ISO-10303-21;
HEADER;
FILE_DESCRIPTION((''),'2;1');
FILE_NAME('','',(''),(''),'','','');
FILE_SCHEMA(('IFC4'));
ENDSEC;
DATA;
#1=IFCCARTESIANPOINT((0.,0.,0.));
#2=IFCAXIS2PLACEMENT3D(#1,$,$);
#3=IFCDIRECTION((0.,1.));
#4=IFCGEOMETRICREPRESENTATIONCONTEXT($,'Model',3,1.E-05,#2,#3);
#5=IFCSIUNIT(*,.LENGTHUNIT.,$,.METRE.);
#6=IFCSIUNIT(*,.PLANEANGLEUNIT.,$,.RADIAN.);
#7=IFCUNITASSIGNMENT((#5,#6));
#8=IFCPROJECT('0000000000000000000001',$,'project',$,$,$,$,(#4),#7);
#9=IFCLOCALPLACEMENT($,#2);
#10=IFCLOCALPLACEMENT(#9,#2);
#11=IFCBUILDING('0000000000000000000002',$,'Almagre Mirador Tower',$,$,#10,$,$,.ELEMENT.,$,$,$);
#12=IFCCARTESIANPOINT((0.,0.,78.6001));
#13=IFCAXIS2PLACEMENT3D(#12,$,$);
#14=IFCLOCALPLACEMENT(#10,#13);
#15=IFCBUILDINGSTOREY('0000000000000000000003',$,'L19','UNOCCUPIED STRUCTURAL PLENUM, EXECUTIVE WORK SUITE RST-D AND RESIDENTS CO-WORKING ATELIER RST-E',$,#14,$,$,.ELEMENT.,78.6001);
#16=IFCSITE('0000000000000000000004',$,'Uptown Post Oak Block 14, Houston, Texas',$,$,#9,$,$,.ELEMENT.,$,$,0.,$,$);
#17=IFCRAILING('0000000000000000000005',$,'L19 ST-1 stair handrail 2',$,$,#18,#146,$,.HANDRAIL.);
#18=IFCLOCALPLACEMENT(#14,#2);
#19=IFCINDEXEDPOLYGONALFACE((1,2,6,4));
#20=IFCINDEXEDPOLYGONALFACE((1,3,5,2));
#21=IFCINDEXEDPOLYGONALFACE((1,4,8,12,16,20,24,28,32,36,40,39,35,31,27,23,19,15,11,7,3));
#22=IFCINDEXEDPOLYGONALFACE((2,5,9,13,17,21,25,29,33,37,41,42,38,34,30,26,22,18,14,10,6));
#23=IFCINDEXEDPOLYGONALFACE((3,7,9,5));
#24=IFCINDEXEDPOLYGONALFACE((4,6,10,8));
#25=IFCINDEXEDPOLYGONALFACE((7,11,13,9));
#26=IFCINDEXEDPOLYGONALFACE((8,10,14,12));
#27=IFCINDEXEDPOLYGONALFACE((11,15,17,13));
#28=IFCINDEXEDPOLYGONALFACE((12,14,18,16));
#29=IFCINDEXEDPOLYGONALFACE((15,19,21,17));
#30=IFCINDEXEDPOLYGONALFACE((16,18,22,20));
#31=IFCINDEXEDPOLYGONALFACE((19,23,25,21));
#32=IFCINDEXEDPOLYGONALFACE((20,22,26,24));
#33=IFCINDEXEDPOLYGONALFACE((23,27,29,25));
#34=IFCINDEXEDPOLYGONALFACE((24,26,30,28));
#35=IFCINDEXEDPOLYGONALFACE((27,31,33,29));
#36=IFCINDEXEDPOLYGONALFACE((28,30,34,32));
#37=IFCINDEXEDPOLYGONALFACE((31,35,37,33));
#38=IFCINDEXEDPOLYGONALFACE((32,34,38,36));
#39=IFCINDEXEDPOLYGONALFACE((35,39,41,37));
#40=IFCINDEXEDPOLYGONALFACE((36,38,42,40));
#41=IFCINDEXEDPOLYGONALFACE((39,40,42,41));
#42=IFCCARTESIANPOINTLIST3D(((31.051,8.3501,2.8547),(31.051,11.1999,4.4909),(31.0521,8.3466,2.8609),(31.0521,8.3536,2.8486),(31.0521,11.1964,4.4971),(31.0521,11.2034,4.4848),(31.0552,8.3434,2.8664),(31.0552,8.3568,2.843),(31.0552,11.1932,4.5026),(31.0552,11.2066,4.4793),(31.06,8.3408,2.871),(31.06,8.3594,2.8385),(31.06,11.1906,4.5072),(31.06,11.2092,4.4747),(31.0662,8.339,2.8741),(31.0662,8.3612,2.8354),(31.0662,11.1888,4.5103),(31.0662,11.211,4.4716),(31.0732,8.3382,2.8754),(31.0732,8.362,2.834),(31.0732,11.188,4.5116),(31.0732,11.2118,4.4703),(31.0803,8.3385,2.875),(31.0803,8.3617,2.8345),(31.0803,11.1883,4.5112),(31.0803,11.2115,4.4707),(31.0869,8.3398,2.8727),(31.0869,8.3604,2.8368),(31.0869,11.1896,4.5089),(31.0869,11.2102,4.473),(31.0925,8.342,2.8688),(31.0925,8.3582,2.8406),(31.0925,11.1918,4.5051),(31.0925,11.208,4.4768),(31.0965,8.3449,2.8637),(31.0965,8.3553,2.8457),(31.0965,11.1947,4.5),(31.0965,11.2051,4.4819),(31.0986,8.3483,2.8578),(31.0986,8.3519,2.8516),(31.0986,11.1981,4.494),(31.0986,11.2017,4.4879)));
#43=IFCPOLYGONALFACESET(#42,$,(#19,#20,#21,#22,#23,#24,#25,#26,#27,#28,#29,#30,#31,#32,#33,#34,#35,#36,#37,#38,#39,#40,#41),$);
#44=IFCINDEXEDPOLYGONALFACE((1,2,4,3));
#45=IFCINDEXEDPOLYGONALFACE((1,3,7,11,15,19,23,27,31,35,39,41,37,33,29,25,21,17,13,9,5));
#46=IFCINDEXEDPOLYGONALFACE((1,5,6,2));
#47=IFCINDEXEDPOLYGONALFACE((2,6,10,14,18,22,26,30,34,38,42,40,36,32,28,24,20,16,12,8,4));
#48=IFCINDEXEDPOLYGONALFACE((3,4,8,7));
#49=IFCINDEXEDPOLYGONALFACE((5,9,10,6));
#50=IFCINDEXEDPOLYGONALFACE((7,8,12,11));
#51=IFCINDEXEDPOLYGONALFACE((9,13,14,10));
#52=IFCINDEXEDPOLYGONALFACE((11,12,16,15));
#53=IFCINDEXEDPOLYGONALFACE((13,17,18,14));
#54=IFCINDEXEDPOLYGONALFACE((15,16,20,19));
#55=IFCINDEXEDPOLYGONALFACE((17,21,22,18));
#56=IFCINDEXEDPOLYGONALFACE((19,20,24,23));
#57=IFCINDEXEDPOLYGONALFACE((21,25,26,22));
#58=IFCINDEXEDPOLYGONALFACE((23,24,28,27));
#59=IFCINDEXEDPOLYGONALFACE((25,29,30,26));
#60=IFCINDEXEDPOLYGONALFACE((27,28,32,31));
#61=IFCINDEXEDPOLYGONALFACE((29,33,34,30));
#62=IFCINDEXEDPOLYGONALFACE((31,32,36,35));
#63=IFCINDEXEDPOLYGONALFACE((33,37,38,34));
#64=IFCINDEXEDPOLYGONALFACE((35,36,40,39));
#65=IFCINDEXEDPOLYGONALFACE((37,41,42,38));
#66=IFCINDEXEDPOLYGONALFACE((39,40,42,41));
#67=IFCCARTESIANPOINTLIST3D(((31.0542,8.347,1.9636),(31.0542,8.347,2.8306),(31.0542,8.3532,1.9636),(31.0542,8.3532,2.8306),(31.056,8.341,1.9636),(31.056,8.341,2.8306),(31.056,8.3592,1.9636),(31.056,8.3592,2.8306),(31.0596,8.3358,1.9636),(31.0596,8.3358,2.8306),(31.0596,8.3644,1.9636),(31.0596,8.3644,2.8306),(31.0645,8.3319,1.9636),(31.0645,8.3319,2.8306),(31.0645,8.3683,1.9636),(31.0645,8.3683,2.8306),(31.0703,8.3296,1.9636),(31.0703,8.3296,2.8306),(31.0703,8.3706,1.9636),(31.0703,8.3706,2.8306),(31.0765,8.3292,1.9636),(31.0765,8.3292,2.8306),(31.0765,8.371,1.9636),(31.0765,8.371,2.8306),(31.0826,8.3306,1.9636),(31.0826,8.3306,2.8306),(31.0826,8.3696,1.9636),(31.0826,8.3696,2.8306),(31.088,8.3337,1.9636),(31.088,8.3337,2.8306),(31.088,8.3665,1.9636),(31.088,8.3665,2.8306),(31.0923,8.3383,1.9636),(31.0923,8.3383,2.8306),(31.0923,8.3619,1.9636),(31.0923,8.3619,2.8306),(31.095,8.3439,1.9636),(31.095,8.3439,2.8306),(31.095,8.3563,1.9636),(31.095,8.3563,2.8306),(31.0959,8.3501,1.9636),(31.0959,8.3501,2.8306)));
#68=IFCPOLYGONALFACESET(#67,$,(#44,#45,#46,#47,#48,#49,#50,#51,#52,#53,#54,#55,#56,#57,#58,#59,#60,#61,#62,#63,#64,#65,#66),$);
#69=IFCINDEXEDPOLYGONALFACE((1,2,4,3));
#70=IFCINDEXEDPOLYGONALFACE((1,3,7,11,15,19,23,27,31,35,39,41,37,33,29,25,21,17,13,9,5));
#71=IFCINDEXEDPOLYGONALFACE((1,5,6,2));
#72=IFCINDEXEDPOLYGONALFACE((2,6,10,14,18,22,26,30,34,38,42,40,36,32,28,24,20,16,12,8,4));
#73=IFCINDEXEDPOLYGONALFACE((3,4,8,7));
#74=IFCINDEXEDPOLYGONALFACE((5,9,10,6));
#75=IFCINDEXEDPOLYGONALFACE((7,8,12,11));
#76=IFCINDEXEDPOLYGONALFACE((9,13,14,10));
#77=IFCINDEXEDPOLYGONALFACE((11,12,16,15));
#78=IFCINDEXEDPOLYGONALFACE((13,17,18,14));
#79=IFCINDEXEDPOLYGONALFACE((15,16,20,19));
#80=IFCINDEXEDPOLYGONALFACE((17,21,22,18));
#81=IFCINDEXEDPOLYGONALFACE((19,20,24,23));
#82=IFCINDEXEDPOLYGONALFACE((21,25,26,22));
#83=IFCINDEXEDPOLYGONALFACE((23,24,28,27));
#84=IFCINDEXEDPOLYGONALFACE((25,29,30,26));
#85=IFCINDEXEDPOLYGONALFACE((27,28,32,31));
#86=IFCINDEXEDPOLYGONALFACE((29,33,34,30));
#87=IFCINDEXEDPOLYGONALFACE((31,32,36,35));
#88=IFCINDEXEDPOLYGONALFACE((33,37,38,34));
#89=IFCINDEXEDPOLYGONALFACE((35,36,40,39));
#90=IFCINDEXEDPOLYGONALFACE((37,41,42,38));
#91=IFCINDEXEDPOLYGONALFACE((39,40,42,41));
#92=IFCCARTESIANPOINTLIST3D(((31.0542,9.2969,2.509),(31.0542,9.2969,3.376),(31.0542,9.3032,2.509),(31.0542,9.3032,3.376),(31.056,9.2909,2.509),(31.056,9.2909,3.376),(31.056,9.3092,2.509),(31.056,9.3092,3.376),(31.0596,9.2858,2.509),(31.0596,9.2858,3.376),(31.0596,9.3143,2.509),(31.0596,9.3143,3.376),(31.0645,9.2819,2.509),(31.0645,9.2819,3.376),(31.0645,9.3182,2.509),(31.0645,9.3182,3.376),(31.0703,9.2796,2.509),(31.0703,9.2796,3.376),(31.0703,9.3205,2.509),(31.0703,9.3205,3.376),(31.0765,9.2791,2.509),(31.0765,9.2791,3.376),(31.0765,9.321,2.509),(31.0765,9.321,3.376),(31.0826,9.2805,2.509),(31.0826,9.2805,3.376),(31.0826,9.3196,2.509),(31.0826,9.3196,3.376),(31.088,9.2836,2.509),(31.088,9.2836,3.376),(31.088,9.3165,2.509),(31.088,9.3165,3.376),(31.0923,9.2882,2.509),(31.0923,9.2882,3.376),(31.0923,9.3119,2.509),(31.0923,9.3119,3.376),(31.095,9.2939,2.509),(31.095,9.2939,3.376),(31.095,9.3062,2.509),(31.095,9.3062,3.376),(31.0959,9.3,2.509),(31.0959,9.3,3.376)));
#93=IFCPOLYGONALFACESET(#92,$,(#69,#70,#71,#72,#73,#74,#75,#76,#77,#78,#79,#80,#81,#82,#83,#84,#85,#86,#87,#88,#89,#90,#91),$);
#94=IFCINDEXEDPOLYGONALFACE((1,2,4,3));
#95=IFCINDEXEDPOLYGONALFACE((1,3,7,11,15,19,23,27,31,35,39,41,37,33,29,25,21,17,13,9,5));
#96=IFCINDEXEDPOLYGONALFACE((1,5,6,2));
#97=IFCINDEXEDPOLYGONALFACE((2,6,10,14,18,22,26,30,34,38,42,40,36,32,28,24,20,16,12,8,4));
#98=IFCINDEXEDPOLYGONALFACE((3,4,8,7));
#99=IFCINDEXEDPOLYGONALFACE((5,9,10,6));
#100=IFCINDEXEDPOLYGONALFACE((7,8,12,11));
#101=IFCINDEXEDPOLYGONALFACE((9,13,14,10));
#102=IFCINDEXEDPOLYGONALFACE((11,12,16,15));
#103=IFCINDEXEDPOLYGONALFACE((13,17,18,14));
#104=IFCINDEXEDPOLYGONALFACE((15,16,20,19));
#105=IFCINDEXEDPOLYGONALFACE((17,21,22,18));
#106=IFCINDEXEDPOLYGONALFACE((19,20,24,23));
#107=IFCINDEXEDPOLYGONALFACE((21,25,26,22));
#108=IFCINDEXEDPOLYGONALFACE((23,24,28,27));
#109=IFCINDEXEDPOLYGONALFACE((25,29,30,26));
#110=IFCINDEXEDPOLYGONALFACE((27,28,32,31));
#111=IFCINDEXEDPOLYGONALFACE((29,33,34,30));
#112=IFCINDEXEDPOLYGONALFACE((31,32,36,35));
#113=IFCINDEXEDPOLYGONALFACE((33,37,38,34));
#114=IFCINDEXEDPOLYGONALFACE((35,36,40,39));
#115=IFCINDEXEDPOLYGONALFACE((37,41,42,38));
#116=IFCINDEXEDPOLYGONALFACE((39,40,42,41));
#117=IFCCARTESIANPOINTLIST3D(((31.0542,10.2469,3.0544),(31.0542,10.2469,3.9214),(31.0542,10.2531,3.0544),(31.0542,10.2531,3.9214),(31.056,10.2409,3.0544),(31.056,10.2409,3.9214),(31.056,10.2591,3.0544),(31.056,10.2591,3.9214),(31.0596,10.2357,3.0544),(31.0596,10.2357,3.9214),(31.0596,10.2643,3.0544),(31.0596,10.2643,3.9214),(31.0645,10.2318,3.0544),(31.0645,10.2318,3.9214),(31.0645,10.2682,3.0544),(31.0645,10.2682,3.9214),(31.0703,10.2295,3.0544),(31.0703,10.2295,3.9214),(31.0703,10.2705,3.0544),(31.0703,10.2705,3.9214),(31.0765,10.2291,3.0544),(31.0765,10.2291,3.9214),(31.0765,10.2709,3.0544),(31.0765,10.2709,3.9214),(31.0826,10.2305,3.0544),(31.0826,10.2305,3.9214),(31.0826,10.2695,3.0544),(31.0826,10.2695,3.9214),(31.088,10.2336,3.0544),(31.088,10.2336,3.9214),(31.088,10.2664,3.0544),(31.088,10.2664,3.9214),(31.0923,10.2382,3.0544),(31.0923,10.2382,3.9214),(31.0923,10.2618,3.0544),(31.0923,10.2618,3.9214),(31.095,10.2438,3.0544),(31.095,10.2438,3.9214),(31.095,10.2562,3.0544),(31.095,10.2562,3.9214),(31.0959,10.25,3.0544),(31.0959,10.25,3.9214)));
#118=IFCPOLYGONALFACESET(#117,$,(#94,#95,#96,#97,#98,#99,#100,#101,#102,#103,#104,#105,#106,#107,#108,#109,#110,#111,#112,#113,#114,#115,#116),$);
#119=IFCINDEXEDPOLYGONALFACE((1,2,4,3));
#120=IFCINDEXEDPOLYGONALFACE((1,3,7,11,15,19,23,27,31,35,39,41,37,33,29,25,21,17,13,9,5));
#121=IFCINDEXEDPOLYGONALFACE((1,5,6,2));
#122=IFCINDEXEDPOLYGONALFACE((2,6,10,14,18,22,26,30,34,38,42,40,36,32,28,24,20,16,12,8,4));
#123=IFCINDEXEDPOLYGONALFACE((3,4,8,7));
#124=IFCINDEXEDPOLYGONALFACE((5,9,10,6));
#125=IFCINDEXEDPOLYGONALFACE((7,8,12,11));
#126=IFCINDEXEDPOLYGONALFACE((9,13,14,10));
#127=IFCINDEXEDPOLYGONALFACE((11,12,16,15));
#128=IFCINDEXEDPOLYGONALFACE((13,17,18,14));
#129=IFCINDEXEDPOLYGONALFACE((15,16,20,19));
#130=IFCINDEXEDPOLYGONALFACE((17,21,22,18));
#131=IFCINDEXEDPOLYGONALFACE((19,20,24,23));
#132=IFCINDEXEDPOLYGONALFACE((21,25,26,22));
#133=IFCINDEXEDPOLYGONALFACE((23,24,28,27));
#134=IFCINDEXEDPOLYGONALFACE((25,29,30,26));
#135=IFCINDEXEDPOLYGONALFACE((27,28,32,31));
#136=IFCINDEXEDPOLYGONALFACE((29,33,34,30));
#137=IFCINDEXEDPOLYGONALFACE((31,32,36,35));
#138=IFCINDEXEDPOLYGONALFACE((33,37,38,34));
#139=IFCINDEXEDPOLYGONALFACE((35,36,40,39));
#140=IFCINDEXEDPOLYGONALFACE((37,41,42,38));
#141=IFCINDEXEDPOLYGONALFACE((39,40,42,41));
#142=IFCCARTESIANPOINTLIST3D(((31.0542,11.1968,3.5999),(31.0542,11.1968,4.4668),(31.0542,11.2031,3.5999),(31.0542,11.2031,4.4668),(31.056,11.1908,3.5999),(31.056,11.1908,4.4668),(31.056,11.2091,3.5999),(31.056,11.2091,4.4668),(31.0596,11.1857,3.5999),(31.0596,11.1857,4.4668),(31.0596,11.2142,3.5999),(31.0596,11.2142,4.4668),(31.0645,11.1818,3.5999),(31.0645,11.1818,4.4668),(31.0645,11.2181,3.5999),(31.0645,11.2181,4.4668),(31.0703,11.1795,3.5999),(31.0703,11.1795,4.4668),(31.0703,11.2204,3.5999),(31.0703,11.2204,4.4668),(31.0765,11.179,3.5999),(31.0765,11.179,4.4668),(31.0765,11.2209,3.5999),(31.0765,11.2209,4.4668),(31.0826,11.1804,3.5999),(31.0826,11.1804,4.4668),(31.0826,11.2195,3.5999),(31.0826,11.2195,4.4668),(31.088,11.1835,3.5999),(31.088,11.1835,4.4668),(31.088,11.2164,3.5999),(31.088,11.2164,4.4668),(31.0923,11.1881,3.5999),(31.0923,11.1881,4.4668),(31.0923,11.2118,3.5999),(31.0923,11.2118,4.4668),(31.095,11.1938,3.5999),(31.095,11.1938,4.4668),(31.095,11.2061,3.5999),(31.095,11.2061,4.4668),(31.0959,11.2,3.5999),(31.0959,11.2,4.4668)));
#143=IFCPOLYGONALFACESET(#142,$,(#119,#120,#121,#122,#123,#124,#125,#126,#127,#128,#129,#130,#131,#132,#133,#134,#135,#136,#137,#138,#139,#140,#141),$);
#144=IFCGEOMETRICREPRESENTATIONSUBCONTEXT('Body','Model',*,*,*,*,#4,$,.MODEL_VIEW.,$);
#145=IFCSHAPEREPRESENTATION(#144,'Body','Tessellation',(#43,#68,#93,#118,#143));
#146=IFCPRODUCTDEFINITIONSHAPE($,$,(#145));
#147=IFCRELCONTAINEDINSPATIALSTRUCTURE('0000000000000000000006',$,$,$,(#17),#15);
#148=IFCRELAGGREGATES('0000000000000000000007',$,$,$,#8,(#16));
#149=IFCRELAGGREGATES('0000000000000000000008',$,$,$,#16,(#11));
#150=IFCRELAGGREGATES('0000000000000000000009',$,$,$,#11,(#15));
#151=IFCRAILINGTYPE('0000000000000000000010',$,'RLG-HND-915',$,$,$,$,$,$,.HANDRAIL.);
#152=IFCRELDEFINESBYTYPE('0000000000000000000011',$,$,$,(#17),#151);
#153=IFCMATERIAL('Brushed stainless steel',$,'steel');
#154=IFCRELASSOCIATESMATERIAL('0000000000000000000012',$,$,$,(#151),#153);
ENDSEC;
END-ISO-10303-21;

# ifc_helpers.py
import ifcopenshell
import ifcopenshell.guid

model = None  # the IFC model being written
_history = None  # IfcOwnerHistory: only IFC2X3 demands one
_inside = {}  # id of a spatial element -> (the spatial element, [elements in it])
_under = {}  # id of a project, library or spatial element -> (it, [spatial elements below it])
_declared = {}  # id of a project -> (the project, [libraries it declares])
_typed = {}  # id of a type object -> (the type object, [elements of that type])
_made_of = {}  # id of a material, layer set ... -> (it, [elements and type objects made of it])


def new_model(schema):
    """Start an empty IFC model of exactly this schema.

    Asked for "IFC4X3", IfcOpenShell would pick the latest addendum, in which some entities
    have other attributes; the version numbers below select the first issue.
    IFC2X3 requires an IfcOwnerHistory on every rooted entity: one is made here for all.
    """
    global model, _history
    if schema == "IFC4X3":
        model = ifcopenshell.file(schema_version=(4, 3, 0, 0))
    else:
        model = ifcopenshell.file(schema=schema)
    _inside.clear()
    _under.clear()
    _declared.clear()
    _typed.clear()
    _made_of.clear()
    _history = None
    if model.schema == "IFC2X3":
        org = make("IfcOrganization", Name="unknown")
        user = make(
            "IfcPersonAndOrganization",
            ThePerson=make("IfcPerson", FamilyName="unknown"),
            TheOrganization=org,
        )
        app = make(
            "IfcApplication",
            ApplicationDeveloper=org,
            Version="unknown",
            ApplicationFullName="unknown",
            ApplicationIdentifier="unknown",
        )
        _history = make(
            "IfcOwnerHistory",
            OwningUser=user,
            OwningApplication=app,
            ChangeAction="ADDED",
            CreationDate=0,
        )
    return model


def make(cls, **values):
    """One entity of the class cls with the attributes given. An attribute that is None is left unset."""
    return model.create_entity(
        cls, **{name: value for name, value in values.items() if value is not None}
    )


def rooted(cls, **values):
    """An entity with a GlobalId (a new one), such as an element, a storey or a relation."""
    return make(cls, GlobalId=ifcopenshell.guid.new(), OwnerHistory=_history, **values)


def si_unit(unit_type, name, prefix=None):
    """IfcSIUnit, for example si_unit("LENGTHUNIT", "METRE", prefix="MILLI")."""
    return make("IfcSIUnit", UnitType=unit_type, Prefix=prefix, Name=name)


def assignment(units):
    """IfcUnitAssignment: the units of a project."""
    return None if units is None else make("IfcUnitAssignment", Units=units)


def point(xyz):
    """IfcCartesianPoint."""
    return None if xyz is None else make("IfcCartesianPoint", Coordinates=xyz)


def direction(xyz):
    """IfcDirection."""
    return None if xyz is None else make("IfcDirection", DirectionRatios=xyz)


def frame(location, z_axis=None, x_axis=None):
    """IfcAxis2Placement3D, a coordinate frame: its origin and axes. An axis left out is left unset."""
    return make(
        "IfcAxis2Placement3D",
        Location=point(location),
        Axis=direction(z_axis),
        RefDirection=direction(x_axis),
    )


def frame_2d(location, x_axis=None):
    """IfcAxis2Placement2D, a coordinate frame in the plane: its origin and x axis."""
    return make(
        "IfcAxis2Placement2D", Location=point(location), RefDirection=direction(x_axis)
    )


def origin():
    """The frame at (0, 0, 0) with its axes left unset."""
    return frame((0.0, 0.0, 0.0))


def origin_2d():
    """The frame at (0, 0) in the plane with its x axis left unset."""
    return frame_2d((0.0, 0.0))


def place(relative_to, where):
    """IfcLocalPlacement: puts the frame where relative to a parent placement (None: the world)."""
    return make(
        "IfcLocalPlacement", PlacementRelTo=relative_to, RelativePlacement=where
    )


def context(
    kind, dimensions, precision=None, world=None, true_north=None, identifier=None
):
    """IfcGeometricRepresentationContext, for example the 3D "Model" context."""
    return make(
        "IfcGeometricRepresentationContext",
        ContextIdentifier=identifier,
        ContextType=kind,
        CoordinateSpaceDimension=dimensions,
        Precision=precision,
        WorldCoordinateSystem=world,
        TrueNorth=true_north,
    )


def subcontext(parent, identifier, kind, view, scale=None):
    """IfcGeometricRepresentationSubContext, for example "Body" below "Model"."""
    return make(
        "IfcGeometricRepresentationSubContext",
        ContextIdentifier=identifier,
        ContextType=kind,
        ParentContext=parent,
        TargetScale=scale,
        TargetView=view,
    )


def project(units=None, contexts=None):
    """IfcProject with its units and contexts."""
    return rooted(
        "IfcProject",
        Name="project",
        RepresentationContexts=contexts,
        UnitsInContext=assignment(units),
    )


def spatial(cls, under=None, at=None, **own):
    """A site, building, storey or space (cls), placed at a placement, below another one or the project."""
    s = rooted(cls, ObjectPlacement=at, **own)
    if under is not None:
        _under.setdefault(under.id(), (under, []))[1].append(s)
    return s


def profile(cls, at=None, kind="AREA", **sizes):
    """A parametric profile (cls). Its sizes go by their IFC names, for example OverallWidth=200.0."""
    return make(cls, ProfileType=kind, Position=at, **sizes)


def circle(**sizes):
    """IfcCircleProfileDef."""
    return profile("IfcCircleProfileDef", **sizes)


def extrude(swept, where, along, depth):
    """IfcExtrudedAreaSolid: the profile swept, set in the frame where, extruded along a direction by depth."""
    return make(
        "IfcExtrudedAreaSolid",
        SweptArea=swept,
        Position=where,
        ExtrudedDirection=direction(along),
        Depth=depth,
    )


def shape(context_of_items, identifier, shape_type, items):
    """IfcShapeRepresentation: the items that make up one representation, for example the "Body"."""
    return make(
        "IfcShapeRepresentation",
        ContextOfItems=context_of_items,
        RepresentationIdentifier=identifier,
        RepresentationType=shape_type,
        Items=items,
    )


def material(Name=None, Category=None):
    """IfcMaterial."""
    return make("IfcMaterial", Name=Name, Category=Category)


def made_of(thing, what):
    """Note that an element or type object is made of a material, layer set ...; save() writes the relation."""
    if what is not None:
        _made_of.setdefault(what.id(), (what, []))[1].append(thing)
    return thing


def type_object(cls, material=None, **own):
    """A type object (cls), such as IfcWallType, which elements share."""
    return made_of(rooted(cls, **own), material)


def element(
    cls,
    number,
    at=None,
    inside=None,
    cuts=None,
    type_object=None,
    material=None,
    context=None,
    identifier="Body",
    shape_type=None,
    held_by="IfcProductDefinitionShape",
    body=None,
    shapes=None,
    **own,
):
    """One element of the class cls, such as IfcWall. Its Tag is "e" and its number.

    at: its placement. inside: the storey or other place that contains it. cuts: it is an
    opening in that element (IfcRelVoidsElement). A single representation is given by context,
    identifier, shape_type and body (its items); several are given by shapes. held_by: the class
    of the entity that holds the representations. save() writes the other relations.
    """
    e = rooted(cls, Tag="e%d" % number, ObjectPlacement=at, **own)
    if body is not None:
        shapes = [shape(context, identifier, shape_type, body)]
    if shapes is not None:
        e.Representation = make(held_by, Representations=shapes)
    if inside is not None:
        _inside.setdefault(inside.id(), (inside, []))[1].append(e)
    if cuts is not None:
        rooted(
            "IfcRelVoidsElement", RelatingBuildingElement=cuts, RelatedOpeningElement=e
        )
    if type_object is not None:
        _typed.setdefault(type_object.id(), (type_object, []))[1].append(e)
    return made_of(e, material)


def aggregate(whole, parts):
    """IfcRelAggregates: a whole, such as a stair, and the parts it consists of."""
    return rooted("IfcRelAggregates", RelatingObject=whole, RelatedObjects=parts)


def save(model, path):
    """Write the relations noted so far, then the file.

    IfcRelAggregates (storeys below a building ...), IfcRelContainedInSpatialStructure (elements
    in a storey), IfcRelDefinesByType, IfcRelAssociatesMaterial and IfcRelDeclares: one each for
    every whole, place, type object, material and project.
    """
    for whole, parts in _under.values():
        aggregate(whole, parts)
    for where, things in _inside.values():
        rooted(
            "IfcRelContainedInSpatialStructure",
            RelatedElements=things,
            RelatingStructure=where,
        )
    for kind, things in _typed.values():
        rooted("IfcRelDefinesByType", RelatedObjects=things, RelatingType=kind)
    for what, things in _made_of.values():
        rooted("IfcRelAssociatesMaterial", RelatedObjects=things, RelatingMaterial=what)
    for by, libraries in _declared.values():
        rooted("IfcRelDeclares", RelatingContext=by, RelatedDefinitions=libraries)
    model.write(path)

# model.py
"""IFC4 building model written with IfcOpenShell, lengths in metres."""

from ifc_helpers import new_model, si_unit, direction, frame, origin, origin_2d, place, context, subcontext, project, spatial, circle, extrude, material, type_object, element, save


model = new_model("IFC4")

# Units and contexts
model_context = context("Model", 3, precision=1e-05, world=origin(), true_north=direction((0.0, 1.0)))
body_context = subcontext(model_context, "Body", "Model", "MODEL_VIEW")
ifc_project = project(units=[si_unit("LENGTHUNIT", "METRE"), si_unit("PLANEANGLEUNIT", "RADIAN")], contexts=[model_context])

# Site, building, storey
site_placement = place(None, origin())
site = spatial("IfcSite", under=ifc_project, at=site_placement, Name="Uptown Post Oak Block 14, Houston, Texas", CompositionType="ELEMENT", RefElevation=0.0)
building_placement = place(site_placement, origin())
building = spatial("IfcBuilding", under=site, at=building_placement, Name="Almagre Mirador Tower", CompositionType="ELEMENT")
storey_placement = place(building_placement, frame((0.0, 0.0, 78.6001)))
storey = spatial("IfcBuildingStorey", under=building, at=storey_placement, Name="L19", Description="UNOCCUPIED STRUCTURAL PLENUM, EXECUTIVE WORK SUITE RST-D AND RESIDENTS CO-WORKING ATELIER RST-E", CompositionType="ELEMENT", Elevation=78.6001)

# Railing
ifc_material_1 = material(Name="Brushed stainless steel", Category="steel")
railing_type_1 = type_object("IfcRailingType", Name="RLG-HND-915", PredefinedType="HANDRAIL", material=ifc_material_1)
railing_1_placement = place(storey_placement, frame((31.075, 8.3501, 1.9636)))
element("IfcRailing", 1, at=railing_1_placement, inside=storey, type_object=railing_type_1, Name="L19 ST-1 stair handrail 2", PredefinedType="HANDRAIL", context=body_context, shape_type="SweptSolid", body=[
    extrude(circle(Radius=0.0239, at=origin_2d()), frame((0.0, 0.0, 0.8911), z_axis=(0.0, 0.867226, 0.497914), x_axis=(-1.0, 0.0, 0.0)), (0.0, 0.0, 1.0), 3.2861),
    extrude(circle(Radius=0.021, at=origin_2d()), origin(), (0.0, 0.0, 1.0), 0.8669),
    extrude(circle(Radius=0.021, at=origin_2d()), frame((0.0, 0.95, 0.5454)), (0.0, 0.0, 1.0), 0.8669),
    extrude(circle(Radius=0.021, at=origin_2d()), frame((0.0, 1.8999, 1.0908)), (0.0, 0.0, 1.0), 0.8669),
    extrude(circle(Radius=0.021, at=origin_2d()), frame((0.0, 2.8499, 1.6362)), (0.0, 0.0, 1.0), 0.8669),
])

save(model, "model.ifc")
